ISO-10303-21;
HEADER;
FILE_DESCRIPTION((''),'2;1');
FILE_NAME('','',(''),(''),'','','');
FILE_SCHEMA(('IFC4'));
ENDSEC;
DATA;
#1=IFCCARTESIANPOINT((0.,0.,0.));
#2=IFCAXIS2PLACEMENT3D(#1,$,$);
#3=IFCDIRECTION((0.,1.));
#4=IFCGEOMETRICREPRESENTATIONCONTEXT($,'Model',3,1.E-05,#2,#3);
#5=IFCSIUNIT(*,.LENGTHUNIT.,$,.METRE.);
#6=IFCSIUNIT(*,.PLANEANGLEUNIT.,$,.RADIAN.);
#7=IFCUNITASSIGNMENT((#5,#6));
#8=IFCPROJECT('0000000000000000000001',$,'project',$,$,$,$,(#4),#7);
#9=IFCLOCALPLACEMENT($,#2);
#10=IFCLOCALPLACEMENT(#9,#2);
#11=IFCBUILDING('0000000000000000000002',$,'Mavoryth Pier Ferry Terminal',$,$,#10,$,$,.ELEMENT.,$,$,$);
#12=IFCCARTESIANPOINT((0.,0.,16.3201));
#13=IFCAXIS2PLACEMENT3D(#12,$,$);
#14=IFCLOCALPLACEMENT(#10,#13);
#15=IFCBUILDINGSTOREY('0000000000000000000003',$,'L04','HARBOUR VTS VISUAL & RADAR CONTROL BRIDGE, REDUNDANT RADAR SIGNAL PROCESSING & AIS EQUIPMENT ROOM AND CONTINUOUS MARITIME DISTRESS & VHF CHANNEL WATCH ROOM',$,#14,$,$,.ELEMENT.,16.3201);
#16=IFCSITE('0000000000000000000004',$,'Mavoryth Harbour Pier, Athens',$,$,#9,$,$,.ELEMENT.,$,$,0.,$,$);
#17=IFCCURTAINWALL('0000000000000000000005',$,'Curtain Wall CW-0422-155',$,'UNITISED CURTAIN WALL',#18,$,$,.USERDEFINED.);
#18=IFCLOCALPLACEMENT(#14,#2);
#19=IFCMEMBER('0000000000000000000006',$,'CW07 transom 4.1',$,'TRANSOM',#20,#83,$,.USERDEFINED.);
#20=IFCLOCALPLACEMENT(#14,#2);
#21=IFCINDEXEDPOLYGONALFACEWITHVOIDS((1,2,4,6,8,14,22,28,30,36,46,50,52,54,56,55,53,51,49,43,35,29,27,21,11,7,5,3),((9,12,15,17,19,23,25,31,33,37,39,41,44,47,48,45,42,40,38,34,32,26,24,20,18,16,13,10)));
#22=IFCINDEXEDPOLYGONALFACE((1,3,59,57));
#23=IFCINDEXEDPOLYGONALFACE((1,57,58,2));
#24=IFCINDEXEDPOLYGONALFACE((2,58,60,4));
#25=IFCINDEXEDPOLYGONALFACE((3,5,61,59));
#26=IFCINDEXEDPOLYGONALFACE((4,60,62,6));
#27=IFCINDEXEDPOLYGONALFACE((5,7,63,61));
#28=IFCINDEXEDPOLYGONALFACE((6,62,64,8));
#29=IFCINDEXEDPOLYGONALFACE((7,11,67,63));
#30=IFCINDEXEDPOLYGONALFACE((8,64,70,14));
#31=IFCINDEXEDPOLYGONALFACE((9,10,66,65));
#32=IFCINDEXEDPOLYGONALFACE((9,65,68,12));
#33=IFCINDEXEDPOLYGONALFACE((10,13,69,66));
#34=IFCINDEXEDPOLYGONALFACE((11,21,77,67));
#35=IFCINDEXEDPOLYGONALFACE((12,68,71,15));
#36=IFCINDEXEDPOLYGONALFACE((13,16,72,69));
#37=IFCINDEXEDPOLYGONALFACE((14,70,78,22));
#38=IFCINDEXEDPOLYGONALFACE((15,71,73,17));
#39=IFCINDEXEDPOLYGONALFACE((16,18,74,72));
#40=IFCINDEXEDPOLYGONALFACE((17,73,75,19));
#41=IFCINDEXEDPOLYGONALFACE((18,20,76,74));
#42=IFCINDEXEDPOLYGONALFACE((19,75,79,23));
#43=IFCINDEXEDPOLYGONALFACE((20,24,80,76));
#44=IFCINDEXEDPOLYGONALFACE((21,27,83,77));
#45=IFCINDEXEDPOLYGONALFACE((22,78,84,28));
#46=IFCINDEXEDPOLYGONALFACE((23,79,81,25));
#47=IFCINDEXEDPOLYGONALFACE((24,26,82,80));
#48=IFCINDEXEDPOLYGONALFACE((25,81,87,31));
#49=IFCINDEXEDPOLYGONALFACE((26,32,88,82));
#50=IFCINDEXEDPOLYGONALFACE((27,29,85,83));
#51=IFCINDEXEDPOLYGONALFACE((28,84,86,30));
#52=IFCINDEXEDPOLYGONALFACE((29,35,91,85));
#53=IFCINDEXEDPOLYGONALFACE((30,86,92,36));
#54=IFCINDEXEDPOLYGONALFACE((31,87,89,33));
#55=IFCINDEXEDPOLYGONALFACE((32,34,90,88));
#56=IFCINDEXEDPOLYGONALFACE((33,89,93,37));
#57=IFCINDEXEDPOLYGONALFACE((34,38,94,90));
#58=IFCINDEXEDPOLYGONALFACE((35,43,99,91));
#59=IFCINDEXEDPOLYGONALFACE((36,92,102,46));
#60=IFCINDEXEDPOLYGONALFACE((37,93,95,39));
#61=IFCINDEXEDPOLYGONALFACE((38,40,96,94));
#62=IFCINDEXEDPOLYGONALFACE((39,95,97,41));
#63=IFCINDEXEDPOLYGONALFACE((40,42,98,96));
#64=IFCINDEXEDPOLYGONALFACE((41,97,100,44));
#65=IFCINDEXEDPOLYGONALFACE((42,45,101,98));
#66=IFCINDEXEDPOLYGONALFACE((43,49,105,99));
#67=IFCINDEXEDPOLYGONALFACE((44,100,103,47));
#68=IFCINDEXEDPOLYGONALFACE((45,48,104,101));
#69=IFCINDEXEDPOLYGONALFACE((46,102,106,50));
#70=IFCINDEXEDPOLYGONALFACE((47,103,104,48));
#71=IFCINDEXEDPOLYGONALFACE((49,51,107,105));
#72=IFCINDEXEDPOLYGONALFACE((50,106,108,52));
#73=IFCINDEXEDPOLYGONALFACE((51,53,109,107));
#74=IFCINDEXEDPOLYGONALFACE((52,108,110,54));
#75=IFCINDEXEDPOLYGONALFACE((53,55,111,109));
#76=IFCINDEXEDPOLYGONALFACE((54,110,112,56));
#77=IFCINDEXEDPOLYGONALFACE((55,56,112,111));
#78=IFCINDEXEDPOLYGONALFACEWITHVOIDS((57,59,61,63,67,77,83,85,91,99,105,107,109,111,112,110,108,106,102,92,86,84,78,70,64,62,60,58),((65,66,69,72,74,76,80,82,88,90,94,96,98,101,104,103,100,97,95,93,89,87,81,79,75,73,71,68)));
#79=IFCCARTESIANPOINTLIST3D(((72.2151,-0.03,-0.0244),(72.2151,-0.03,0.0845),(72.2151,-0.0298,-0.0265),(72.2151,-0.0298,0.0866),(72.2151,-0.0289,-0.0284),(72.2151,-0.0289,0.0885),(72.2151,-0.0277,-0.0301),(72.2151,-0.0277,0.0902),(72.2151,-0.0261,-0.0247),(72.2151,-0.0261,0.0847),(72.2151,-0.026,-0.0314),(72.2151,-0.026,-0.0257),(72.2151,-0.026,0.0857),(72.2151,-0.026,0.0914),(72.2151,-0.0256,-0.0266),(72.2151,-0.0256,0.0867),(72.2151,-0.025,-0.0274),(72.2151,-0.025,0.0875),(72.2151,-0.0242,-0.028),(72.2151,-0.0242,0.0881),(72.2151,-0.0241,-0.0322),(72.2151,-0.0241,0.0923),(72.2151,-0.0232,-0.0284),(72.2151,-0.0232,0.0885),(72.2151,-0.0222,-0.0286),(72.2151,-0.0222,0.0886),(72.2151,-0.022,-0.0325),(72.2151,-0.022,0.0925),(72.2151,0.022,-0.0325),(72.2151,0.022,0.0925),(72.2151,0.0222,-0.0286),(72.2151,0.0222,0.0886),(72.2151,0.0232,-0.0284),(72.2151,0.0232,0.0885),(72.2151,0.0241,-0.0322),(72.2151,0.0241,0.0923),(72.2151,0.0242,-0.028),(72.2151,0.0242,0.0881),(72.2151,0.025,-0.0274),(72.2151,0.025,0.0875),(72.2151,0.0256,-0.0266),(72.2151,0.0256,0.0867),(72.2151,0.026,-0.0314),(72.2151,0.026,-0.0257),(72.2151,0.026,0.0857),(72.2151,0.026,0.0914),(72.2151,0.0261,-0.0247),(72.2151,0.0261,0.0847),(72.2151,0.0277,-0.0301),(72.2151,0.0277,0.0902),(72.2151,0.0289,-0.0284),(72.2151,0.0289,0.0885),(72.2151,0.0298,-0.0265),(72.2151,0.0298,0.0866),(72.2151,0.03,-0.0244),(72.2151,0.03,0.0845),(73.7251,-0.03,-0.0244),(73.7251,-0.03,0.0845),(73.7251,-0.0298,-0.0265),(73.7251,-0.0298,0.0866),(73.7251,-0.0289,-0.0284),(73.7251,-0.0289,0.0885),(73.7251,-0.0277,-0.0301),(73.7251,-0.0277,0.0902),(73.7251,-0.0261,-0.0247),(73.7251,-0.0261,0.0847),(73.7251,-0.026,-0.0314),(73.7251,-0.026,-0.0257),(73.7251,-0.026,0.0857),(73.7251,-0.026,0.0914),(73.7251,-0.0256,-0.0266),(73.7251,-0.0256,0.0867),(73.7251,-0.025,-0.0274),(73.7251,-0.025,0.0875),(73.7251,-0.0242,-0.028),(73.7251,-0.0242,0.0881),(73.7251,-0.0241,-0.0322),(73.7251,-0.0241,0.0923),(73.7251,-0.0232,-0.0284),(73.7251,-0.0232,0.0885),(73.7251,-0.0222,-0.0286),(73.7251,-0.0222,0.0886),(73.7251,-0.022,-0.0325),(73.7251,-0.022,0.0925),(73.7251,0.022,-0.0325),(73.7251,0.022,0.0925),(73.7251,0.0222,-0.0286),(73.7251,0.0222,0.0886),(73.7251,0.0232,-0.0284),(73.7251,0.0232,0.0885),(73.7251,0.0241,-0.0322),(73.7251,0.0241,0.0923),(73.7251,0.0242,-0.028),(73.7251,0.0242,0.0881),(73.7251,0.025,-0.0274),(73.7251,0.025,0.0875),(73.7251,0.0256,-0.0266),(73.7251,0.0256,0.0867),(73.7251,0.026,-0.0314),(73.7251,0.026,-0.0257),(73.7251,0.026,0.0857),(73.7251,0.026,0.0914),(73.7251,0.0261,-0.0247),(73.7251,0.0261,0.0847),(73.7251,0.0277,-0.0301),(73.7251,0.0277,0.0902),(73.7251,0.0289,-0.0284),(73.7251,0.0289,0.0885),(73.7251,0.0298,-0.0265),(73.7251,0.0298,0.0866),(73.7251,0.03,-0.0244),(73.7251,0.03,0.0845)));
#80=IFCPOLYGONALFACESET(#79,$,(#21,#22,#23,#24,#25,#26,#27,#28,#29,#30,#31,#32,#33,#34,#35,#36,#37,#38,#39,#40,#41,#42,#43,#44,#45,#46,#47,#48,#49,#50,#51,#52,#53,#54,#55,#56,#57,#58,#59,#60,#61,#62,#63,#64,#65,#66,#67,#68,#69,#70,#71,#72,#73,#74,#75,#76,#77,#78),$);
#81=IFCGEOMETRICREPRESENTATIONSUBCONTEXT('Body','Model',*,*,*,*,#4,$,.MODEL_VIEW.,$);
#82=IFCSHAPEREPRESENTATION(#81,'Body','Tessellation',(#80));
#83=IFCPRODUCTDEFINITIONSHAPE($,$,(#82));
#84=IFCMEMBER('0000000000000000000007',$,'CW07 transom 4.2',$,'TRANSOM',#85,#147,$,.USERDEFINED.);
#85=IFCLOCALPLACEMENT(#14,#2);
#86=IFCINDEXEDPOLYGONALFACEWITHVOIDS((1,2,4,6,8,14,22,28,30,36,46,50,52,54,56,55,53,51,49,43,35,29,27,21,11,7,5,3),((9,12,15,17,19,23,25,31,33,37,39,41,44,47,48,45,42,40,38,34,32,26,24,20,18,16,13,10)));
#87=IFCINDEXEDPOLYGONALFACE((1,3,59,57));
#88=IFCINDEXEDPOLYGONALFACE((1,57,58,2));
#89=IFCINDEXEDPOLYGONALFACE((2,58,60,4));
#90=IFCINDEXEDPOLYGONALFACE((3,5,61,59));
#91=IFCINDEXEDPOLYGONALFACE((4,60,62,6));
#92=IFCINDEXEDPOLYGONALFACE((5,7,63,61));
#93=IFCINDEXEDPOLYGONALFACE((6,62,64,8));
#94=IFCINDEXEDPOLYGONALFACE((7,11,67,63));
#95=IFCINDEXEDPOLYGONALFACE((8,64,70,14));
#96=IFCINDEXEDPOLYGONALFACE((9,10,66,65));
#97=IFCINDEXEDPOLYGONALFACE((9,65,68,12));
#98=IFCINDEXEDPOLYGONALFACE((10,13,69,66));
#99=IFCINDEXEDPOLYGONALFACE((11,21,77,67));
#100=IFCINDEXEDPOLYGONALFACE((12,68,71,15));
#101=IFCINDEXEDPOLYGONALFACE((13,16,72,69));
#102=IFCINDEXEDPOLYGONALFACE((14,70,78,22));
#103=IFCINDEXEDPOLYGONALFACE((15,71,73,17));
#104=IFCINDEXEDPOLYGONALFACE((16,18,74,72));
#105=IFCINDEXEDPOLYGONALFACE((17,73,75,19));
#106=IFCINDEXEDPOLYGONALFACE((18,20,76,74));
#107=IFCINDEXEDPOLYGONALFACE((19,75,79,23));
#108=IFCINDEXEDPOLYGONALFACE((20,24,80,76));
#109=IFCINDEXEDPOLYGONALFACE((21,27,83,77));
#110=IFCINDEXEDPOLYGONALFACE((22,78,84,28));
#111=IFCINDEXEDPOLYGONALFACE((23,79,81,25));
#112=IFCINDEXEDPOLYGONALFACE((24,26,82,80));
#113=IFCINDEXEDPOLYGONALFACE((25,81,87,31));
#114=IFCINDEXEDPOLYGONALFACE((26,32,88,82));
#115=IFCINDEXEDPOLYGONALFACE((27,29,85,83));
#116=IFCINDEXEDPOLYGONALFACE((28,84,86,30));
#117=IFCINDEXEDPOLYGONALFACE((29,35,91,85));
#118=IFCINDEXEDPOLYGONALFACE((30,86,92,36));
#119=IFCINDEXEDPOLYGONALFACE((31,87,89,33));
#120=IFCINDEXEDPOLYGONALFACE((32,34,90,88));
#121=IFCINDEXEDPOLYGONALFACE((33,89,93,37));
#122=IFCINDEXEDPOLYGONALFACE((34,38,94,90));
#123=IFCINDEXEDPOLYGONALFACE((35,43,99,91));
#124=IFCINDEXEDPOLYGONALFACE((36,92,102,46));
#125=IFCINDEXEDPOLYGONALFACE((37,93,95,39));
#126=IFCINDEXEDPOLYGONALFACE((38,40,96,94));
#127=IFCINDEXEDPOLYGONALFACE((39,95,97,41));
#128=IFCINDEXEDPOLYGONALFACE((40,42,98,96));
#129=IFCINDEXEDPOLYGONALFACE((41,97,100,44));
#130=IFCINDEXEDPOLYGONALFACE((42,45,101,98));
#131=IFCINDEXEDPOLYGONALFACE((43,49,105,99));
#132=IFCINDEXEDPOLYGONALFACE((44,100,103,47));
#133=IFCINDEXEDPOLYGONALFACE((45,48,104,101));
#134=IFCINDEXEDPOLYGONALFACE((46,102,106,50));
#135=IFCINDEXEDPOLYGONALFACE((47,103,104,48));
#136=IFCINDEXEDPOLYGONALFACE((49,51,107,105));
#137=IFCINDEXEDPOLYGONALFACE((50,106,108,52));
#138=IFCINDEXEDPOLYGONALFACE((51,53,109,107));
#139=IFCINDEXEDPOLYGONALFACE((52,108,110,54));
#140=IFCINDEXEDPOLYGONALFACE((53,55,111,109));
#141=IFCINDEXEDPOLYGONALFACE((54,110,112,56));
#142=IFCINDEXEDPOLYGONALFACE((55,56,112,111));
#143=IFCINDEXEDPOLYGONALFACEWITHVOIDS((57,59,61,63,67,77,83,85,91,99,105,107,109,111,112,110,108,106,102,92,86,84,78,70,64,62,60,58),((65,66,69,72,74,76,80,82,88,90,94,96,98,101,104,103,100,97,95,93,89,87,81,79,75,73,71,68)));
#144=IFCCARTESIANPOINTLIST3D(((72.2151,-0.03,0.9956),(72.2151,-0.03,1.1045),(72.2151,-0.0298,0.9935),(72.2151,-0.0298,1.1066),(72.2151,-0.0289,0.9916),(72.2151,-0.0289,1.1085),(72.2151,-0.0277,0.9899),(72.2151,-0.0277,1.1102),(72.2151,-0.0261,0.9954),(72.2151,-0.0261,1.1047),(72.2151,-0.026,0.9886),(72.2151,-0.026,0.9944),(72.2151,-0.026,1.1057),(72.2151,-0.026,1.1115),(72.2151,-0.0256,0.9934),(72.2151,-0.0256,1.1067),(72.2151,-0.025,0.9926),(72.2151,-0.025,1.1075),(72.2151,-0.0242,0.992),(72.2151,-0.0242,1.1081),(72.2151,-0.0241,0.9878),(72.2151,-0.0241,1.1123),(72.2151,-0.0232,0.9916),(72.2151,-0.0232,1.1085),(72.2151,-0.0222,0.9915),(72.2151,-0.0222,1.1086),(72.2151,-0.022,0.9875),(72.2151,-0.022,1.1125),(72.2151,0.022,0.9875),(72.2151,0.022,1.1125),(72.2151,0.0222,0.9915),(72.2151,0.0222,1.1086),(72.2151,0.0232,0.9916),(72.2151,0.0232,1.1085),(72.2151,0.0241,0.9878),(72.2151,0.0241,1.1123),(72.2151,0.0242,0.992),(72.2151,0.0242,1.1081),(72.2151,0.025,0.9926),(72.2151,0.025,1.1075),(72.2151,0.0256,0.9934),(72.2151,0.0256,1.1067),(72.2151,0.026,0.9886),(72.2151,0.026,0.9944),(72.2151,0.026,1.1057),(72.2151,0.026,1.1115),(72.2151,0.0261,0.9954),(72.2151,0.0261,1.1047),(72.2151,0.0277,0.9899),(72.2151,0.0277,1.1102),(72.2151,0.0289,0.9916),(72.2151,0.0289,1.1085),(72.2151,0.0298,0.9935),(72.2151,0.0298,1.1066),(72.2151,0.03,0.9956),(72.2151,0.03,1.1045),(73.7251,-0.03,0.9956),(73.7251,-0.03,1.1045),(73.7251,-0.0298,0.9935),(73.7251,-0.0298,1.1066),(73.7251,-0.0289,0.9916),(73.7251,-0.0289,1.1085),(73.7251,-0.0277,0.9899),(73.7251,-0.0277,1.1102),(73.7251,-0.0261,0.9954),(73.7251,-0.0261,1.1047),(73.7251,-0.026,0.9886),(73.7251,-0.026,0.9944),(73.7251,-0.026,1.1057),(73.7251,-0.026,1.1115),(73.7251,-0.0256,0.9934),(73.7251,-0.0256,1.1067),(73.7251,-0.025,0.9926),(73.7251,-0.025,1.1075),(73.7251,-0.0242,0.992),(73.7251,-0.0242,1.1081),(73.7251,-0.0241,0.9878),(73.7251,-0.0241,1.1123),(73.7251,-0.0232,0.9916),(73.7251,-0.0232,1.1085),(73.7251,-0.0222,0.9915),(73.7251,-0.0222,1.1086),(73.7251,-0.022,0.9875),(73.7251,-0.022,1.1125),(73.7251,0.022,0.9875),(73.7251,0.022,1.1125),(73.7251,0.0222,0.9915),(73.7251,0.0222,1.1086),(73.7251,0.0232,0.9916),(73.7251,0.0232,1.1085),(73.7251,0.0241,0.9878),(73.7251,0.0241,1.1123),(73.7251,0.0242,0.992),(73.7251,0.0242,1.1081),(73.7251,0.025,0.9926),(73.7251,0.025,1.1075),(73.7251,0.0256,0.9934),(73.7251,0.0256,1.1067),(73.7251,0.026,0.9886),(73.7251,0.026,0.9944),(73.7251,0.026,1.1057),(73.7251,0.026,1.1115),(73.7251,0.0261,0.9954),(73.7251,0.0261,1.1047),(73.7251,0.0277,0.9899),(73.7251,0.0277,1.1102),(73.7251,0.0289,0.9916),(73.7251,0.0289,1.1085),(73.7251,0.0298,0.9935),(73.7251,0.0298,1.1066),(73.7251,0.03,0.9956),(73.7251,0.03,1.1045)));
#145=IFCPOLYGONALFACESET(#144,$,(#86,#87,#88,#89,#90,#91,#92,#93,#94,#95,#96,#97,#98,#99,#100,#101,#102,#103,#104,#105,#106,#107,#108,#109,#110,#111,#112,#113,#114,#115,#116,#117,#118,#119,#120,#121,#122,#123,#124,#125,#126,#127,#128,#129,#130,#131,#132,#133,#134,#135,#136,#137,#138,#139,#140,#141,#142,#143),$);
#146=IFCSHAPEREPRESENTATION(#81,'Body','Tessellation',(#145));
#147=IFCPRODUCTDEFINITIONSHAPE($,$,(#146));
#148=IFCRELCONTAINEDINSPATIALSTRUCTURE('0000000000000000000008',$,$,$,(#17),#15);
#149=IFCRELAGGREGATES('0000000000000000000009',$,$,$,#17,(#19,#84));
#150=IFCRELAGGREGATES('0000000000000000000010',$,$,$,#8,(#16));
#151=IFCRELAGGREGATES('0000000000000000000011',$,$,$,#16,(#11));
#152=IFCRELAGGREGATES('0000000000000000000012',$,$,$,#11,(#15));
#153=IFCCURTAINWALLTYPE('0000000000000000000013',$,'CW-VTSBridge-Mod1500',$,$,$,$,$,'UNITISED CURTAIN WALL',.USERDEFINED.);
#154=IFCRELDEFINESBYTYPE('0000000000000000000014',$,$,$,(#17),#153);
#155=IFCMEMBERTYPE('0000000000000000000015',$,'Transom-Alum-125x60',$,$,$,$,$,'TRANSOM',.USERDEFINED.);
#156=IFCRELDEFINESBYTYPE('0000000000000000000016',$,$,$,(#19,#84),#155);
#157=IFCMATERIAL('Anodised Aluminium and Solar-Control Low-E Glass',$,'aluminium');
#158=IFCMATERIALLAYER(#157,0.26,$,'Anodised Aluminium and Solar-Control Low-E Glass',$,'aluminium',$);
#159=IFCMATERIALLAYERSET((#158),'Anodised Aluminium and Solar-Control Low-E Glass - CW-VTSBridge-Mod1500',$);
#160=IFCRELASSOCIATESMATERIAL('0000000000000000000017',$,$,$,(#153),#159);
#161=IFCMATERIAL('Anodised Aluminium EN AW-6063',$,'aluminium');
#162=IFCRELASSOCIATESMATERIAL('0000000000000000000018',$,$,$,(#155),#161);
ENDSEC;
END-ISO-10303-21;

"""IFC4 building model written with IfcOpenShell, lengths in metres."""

from ifc_helpers import new_model, si_unit, direction, frame, origin, origin_2d, place, context, subcontext, project, spatial, hollow_rectangle, extrude, material, layer, layer_set, material_profile, profile_set, type_object, element, aggregate, save


model = new_model("IFC4")

# Units and contexts
model_context = context("Model", 3, precision=1e-05, world=origin(), true_north=direction((0.0, 1.0)))
body_context = subcontext(model_context, "Body", "Model", "MODEL_VIEW")
ifc_project = project(units=[si_unit("LENGTHUNIT", "METRE"), si_unit("PLANEANGLEUNIT", "RADIAN")], contexts=[model_context])

# Site, building, storey
site_placement = place(None, origin())
site = spatial("IfcSite", under=ifc_project, at=site_placement, Name="Mavoryth Harbour Pier, Athens", CompositionType="ELEMENT", RefElevation=0.0)
building_placement = place(site_placement, origin())
building = spatial("IfcBuilding", under=site, at=building_placement, Name="Mavoryth Pier Ferry Terminal", CompositionType="ELEMENT")
storey_placement = place(building_placement, frame((0.0, 0.0, 16.3201)))
storey = spatial("IfcBuildingStorey", under=building, at=storey_placement, Name="L04", Description="HARBOUR VTS VISUAL & RADAR CONTROL BRIDGE, REDUNDANT RADAR SIGNAL PROCESSING & AIS EQUIPMENT ROOM AND CONTINUOUS MARITIME DISTRESS & VHF CHANNEL WATCH ROOM", CompositionType="ELEMENT", Elevation=16.3201)

# Curtain wall, members
ifc_material_1 = material(Name="Anodised Aluminium and Solar-Control Low-E Glass", Category="aluminium")
ifc_layer_1 = layer(ifc_material_1, 0.26, Name="Anodised Aluminium and Solar-Control Low-E Glass", Category="aluminium")
ifc_layer_set_1 = layer_set([ifc_layer_1], Name="Anodised Aluminium and Solar-Control Low-E Glass - CW-VTSBridge-Mod1500")
curtain_wall_type = type_object("IfcCurtainWallType", Name="CW-VTSBridge-Mod1500", ElementType="UNITISED CURTAIN WALL", PredefinedType="USERDEFINED", material=ifc_layer_set_1)
curtain_wall_placement = place(storey_placement, origin())
curtain_wall = element("IfcCurtainWall", 1, at=curtain_wall_placement, inside=storey, type_object=curtain_wall_type, Name="Curtain Wall CW-0422-155", ObjectType="UNITISED CURTAIN WALL", PredefinedType="USERDEFINED")
ifc_material_2 = material(Name="Anodised Aluminium EN AW-6063", Category="aluminium")
ifc_material_profile_1 = material_profile(ifc_material_2, hollow_rectangle(XDim=0.0601, YDim=0.125, WallThickness=0.0039, InnerFilletRadius=0.0039, OuterFilletRadius=0.0081, at=origin_2d()), Name="AL-TRAN 125x60x4", Category="aluminium")
ifc_profile_set_1 = profile_set([ifc_material_profile_1], Name="Anodised Aluminium EN AW-6063 - AL-TRAN 125x60x4")
member_type_1 = type_object("IfcMemberType", Name="Transom-Alum-125x60", ElementType="TRANSOM", PredefinedType="USERDEFINED", material=ifc_profile_set_1)
member_1_placement = place(storey_placement, frame((72.2151, 0.0, 0.03), z_axis=(1.0, 0.0, 0.0), x_axis=(0.0, 1.0, 0.0)))
member_1 = element("IfcMember", 2, at=member_1_placement, type_object=member_type_1, Name="CW07 transom 4.1", ObjectType="TRANSOM", PredefinedType="USERDEFINED", context=body_context, shape_type="SweptSolid", body=[
    extrude(hollow_rectangle(XDim=0.0601, YDim=0.125, WallThickness=0.0039, InnerFilletRadius=0.0039, OuterFilletRadius=0.0081, at=origin_2d()), origin(), (0.0, 0.0, 1.0), 1.51),
])
member_2_placement = place(storey_placement, frame((72.2151, 0.0, 1.05), z_axis=(1.0, 0.0, 0.0), x_axis=(0.0, 1.0, 0.0)))
member_2 = element("IfcMember", 3, at=member_2_placement, type_object=member_type_1, Name="CW07 transom 4.2", ObjectType="TRANSOM", PredefinedType="USERDEFINED", context=body_context, shape_type="SweptSolid", body=[
    extrude(hollow_rectangle(XDim=0.0601, YDim=0.125, WallThickness=0.0039, InnerFilletRadius=0.0039, OuterFilletRadius=0.0081, at=origin_2d()), origin(), (0.0, 0.0, 1.0), 1.51),
])
aggregate(curtain_wall, [member_1, member_2])

save(model, "model.ifc")
